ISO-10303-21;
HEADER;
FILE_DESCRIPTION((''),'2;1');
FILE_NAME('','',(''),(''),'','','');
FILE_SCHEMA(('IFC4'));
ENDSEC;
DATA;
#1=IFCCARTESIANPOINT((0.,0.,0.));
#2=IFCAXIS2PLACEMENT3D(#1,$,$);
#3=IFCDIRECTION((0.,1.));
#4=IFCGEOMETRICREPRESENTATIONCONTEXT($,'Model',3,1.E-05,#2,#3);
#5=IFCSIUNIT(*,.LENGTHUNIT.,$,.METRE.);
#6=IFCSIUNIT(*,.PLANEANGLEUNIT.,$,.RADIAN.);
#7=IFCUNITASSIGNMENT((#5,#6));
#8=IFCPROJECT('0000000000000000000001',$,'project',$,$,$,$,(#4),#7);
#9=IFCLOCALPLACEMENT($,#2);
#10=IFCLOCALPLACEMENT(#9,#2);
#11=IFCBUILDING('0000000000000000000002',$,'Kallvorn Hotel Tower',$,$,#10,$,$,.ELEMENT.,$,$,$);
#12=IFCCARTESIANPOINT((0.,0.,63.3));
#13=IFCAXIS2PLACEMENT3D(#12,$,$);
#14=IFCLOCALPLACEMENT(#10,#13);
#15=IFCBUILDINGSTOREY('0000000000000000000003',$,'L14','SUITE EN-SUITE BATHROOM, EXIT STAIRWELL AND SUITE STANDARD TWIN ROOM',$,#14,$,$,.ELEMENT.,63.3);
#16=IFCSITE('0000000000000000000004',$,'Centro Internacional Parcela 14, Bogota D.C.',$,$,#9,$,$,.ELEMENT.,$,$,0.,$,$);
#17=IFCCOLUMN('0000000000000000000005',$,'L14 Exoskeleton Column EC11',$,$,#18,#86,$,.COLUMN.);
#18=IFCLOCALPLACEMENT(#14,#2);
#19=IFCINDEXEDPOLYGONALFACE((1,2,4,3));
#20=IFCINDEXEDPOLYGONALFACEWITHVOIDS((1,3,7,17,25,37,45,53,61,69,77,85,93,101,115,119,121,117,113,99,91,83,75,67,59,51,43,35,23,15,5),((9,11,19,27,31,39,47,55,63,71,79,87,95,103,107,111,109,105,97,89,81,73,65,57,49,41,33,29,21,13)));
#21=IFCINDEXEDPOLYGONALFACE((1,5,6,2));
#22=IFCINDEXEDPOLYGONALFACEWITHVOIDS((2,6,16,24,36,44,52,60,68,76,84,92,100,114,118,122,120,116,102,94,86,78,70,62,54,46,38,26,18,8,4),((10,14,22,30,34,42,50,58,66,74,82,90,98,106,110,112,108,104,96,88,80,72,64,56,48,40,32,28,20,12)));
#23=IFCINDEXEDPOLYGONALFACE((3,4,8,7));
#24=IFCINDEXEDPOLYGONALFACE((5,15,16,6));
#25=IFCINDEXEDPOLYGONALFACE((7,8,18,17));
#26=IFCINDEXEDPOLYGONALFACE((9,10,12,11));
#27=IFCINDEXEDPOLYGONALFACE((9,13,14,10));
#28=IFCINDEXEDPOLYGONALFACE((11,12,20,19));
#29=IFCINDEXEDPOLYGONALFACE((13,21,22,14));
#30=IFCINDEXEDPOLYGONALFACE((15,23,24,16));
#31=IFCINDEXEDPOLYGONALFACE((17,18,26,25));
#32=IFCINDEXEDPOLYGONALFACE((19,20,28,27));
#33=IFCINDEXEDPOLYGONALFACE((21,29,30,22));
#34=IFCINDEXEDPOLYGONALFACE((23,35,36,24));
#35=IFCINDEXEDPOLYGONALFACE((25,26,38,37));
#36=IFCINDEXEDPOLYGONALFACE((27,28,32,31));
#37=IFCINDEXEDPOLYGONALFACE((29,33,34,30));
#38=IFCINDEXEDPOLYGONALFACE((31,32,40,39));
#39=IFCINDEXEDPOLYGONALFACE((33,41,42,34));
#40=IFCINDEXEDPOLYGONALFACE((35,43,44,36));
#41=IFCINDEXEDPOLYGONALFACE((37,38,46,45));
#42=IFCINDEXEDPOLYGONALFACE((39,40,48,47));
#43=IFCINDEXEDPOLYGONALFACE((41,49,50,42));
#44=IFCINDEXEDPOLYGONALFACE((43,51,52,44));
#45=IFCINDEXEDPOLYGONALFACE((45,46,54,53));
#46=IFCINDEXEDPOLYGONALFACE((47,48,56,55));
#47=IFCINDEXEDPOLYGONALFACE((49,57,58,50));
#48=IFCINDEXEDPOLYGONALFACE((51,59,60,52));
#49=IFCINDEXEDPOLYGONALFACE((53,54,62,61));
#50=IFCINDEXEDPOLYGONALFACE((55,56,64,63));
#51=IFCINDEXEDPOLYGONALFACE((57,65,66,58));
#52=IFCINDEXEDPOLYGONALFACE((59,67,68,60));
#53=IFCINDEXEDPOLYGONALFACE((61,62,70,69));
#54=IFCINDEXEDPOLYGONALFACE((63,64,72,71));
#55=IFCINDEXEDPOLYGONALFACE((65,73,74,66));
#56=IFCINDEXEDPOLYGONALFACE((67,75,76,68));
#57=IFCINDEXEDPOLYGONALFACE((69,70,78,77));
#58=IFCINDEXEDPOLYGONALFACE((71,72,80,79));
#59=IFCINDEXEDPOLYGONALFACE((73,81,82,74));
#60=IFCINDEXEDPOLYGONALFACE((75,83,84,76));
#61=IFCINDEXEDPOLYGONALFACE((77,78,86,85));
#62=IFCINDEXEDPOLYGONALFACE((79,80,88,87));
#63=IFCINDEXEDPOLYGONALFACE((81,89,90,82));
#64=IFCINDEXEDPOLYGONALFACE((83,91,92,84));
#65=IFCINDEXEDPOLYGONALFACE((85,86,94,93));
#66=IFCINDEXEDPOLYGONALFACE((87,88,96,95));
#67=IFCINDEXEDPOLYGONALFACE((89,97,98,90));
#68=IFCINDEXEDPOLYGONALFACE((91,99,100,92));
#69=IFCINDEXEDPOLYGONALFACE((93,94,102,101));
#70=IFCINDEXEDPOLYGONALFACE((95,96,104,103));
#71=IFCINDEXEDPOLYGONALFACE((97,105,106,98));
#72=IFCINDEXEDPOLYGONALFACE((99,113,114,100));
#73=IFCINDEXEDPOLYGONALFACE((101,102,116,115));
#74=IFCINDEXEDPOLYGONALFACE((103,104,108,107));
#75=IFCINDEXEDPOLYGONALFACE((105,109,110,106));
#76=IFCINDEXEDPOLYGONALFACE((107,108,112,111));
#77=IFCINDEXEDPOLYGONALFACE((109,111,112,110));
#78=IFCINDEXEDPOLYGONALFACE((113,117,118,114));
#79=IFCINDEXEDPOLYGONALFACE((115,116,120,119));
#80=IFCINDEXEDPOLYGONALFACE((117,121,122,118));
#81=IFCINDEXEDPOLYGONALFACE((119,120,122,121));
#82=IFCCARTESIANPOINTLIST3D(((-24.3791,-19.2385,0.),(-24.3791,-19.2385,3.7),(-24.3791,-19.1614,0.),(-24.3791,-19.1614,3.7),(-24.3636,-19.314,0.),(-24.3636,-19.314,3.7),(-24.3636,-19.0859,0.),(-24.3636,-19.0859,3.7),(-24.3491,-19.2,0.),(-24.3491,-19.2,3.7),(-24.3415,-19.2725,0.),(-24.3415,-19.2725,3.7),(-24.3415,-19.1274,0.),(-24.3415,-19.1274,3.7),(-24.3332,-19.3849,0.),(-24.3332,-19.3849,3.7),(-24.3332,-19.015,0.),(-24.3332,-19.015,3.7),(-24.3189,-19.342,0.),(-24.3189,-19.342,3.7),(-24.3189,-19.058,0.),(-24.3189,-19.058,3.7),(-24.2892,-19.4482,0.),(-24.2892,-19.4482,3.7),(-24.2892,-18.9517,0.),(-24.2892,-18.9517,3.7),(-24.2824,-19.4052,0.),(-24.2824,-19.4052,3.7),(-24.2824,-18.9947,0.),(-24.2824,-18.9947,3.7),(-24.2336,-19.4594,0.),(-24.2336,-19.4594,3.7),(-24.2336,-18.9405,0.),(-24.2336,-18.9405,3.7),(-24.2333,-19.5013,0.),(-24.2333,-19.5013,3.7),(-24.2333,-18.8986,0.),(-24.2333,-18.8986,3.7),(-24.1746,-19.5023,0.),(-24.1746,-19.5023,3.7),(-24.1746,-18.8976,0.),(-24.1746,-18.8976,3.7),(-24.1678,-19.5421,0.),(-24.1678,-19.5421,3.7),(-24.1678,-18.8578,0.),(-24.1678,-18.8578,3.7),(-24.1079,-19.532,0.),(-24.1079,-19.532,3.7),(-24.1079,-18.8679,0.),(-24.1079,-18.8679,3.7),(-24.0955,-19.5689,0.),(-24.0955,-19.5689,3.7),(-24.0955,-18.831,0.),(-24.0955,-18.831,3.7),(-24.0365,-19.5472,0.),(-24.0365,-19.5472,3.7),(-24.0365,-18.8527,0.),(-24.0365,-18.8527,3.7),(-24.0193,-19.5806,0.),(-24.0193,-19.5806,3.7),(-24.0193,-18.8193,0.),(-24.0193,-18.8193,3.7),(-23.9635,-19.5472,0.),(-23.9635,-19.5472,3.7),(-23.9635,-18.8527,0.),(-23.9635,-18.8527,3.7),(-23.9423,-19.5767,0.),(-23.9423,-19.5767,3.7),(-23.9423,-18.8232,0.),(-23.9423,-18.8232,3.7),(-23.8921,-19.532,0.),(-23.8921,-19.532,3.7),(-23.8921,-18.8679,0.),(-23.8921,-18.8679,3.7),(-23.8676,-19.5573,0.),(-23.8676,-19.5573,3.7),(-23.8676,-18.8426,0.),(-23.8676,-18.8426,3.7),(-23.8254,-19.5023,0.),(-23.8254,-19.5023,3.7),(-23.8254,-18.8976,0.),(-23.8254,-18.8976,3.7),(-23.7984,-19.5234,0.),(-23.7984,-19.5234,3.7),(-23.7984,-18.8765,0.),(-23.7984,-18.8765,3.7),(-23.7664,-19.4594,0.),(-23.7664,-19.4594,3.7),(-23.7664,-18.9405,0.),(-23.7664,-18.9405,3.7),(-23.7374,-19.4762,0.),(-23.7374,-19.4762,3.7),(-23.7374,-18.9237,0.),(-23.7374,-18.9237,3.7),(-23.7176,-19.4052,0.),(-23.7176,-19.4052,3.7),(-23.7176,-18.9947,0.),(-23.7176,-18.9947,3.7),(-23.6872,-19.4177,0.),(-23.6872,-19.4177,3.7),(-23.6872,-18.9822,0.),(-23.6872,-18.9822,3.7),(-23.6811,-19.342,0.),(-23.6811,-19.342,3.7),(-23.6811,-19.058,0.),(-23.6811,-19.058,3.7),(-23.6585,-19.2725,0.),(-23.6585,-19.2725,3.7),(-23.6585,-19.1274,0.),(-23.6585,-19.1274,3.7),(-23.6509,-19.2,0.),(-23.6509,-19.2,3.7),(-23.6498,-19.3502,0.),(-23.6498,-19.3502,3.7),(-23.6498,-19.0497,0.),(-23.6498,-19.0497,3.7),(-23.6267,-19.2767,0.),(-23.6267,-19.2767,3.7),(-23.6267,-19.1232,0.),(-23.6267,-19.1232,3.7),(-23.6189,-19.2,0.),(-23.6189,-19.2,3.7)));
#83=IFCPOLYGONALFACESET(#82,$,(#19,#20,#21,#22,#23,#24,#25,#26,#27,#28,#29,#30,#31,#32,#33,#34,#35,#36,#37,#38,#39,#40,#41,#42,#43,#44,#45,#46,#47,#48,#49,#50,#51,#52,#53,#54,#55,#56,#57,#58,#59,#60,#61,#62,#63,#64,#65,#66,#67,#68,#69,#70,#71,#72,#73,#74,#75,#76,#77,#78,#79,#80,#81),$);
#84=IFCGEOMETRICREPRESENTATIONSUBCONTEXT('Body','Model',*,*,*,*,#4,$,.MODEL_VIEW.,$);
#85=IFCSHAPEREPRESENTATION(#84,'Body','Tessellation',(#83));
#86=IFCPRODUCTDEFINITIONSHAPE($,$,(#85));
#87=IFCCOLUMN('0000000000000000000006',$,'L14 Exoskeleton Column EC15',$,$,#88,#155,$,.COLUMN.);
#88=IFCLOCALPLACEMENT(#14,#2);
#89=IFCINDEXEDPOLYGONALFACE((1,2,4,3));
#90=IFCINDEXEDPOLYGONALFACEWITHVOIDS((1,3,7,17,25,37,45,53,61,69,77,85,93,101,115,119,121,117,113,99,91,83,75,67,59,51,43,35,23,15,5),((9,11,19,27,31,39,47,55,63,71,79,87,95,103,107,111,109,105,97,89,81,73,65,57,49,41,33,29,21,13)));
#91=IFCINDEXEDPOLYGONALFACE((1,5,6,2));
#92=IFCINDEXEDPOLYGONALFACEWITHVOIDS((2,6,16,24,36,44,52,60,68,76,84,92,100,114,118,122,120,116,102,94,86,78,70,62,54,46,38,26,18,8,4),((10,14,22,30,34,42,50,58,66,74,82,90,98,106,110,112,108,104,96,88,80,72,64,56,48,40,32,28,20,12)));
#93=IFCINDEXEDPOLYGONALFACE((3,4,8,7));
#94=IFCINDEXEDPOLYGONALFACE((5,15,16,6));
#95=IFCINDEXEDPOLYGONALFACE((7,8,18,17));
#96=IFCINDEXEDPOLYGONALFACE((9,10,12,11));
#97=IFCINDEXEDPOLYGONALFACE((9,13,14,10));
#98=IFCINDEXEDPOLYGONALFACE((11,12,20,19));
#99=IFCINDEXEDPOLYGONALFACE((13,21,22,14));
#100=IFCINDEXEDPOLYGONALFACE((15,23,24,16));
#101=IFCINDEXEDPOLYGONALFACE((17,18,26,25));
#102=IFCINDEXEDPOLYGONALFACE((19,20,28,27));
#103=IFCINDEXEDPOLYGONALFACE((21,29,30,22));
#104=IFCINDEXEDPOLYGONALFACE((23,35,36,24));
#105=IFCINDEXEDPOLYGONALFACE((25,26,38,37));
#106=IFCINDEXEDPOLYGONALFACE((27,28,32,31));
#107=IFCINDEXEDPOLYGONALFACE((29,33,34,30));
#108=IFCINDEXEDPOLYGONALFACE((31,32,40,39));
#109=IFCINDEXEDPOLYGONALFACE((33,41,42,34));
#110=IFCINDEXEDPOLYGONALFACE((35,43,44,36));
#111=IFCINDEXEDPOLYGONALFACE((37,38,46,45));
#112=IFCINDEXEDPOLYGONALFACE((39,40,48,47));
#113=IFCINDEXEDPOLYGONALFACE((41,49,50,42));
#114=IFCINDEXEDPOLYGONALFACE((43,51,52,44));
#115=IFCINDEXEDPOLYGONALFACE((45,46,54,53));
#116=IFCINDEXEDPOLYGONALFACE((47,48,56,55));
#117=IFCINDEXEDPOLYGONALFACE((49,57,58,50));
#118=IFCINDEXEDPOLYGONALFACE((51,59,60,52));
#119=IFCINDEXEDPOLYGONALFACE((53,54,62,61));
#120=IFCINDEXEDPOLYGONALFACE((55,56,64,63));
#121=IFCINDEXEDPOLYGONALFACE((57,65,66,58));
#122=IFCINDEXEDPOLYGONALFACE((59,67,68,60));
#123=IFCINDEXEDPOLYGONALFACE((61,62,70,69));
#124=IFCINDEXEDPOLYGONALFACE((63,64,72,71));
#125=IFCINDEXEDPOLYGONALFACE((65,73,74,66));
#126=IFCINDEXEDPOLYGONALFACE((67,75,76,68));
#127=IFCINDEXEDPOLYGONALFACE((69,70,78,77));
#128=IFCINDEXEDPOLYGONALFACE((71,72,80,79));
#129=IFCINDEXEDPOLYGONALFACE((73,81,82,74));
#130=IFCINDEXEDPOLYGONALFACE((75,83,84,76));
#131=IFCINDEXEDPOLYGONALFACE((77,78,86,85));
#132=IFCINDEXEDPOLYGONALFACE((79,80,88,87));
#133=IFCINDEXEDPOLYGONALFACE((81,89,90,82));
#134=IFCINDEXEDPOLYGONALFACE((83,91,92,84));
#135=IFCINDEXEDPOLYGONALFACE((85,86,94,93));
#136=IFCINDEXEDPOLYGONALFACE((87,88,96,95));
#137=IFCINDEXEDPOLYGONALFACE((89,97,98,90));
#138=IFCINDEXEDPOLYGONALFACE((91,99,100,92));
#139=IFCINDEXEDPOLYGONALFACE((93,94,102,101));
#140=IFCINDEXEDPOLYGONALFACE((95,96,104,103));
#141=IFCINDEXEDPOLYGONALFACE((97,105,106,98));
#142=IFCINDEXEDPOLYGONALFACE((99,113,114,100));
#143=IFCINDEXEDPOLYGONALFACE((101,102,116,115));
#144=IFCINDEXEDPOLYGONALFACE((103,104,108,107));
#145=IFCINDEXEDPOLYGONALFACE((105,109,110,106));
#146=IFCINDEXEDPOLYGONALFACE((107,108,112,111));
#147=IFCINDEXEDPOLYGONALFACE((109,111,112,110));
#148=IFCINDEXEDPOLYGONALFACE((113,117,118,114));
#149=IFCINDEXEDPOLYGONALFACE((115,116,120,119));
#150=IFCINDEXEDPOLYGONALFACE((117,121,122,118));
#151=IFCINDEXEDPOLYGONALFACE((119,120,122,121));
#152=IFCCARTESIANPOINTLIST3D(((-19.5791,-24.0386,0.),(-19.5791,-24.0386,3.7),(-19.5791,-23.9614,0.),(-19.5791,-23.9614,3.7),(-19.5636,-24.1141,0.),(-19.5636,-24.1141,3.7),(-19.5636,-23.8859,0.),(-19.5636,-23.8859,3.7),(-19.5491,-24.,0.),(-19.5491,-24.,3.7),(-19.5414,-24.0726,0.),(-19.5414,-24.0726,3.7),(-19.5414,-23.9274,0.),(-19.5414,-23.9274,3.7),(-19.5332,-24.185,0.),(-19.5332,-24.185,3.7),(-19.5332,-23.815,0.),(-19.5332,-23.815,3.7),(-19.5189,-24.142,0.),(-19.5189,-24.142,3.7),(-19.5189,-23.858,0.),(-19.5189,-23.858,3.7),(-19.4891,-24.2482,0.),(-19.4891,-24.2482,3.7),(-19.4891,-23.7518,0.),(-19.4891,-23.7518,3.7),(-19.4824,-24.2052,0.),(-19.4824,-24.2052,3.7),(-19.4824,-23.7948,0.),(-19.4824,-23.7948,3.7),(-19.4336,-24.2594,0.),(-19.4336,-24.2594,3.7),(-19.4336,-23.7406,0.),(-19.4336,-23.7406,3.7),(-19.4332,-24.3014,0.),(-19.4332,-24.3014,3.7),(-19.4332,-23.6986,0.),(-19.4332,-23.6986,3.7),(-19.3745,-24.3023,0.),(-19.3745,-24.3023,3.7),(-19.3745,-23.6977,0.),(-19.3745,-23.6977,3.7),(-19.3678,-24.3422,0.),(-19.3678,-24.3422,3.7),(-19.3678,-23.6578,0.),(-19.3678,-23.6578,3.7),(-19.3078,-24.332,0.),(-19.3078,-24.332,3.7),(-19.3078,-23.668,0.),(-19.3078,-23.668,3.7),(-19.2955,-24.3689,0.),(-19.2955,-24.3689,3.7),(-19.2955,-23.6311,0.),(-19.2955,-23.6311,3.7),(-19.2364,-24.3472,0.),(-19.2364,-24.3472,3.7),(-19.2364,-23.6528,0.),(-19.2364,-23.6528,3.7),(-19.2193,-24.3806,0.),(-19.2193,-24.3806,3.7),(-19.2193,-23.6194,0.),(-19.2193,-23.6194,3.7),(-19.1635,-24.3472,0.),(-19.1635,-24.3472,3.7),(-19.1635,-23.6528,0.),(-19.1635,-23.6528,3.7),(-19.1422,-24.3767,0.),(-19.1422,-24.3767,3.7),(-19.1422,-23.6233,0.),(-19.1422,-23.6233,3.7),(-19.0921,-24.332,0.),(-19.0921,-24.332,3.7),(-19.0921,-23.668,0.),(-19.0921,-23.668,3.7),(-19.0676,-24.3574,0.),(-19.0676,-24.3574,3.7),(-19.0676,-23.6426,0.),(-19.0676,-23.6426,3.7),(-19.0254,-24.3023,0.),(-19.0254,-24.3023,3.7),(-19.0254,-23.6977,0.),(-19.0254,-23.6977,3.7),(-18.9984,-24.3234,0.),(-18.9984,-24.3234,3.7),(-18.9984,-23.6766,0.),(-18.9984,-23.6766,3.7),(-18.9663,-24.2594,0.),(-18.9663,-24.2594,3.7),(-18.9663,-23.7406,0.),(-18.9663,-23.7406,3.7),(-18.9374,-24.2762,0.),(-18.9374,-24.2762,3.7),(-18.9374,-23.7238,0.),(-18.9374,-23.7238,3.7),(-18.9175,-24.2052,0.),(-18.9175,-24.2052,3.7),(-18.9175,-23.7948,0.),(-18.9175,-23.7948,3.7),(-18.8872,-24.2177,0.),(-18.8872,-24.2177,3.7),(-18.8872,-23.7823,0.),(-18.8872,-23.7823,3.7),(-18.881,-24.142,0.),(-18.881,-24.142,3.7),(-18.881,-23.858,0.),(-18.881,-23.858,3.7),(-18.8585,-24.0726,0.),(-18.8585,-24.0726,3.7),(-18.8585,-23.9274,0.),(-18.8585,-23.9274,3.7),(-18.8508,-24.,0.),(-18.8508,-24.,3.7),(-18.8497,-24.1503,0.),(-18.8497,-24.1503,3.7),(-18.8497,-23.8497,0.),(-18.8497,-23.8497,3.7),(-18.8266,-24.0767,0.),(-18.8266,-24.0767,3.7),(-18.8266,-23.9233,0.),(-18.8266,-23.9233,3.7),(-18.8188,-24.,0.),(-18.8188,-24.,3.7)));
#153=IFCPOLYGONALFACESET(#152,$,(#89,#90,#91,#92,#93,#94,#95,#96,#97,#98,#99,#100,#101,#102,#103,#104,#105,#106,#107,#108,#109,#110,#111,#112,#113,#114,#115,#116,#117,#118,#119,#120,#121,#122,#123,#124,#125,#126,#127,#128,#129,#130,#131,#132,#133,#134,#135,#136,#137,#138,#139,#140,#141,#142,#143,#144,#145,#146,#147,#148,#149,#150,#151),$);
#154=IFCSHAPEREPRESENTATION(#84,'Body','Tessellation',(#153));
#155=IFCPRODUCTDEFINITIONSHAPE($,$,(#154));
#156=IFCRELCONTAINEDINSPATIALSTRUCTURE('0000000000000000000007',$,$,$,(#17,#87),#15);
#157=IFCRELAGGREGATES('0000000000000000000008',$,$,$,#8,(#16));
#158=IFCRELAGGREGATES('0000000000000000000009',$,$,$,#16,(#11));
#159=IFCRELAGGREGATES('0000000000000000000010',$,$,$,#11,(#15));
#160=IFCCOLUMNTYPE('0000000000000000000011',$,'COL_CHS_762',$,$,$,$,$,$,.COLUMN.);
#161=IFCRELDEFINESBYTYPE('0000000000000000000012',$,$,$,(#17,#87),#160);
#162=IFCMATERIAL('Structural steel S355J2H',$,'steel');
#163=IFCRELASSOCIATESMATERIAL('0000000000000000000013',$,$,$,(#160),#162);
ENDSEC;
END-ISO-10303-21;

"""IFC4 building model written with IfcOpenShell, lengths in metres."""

from ifc_helpers import new_model, si_unit, direction, frame, origin, origin_2d, place, context, subcontext, project, spatial, hollow_circle, extrude, material, material_profile, profile_set, type_object, element, save


model = new_model("IFC4")

# Units and contexts
model_context = context("Model", 3, precision=1e-05, world=origin(), true_north=direction((0.0, 1.0)))
body_context = subcontext(model_context, "Body", "Model", "MODEL_VIEW")
ifc_project = project(units=[si_unit("LENGTHUNIT", "METRE"), si_unit("PLANEANGLEUNIT", "RADIAN")], contexts=[model_context])

# Site, building, storey
site_placement = place(None, origin())
site = spatial("IfcSite", under=ifc_project, at=site_placement, Name="Centro Internacional Parcela 14, Bogota D.C.", CompositionType="ELEMENT", RefElevation=0.0)
building_placement = place(site_placement, origin())
building = spatial("IfcBuilding", under=site, at=building_placement, Name="Kallvorn Hotel Tower", CompositionType="ELEMENT")
storey_placement = place(building_placement, frame((0.0, 0.0, 63.3)))
storey = spatial("IfcBuildingStorey", under=building, at=storey_placement, Name="L14", Description="SUITE EN-SUITE BATHROOM, EXIT STAIRWELL AND SUITE STANDARD TWIN ROOM", CompositionType="ELEMENT", Elevation=63.3)

# Columns
ifc_material_1 = material(Name="Structural steel S355J2H", Category="steel")
ifc_material_profile_1 = material_profile(ifc_material_1, hollow_circle(Radius=0.3811, WallThickness=0.032, at=origin_2d()), Name="CHS 762x32")
ifc_profile_set_1 = profile_set([ifc_material_profile_1], Name="Structural steel S355J2H")
column_type = type_object("IfcColumnType", Name="COL_CHS_762", PredefinedType="COLUMN", material=ifc_profile_set_1)
for number, where, z_axis, x_axis, name in (
    (1, (-24.0, -19.2, 0.0), (0.0, 0.0, 1.0), (1.0, 0.0, 0.0), "L14 Exoskeleton Column EC11"),
    (2, (-19.2, -24.0, 0.0), (0.0, 0.0, 1.0), (1.0, 0.0, 0.0), "L14 Exoskeleton Column EC15"),
):
    element("IfcColumn", number, at=place(storey_placement, frame(where, z_axis=z_axis, x_axis=x_axis)), inside=storey, type_object=column_type, Name=name, PredefinedType="COLUMN", context=body_context, shape_type="SweptSolid", body=[
        extrude(hollow_circle(Radius=0.3811, WallThickness=0.032, at=origin_2d()), origin(), (0.0, 0.0, 1.0), 3.7),
    ])

save(model, "model.ifc")
